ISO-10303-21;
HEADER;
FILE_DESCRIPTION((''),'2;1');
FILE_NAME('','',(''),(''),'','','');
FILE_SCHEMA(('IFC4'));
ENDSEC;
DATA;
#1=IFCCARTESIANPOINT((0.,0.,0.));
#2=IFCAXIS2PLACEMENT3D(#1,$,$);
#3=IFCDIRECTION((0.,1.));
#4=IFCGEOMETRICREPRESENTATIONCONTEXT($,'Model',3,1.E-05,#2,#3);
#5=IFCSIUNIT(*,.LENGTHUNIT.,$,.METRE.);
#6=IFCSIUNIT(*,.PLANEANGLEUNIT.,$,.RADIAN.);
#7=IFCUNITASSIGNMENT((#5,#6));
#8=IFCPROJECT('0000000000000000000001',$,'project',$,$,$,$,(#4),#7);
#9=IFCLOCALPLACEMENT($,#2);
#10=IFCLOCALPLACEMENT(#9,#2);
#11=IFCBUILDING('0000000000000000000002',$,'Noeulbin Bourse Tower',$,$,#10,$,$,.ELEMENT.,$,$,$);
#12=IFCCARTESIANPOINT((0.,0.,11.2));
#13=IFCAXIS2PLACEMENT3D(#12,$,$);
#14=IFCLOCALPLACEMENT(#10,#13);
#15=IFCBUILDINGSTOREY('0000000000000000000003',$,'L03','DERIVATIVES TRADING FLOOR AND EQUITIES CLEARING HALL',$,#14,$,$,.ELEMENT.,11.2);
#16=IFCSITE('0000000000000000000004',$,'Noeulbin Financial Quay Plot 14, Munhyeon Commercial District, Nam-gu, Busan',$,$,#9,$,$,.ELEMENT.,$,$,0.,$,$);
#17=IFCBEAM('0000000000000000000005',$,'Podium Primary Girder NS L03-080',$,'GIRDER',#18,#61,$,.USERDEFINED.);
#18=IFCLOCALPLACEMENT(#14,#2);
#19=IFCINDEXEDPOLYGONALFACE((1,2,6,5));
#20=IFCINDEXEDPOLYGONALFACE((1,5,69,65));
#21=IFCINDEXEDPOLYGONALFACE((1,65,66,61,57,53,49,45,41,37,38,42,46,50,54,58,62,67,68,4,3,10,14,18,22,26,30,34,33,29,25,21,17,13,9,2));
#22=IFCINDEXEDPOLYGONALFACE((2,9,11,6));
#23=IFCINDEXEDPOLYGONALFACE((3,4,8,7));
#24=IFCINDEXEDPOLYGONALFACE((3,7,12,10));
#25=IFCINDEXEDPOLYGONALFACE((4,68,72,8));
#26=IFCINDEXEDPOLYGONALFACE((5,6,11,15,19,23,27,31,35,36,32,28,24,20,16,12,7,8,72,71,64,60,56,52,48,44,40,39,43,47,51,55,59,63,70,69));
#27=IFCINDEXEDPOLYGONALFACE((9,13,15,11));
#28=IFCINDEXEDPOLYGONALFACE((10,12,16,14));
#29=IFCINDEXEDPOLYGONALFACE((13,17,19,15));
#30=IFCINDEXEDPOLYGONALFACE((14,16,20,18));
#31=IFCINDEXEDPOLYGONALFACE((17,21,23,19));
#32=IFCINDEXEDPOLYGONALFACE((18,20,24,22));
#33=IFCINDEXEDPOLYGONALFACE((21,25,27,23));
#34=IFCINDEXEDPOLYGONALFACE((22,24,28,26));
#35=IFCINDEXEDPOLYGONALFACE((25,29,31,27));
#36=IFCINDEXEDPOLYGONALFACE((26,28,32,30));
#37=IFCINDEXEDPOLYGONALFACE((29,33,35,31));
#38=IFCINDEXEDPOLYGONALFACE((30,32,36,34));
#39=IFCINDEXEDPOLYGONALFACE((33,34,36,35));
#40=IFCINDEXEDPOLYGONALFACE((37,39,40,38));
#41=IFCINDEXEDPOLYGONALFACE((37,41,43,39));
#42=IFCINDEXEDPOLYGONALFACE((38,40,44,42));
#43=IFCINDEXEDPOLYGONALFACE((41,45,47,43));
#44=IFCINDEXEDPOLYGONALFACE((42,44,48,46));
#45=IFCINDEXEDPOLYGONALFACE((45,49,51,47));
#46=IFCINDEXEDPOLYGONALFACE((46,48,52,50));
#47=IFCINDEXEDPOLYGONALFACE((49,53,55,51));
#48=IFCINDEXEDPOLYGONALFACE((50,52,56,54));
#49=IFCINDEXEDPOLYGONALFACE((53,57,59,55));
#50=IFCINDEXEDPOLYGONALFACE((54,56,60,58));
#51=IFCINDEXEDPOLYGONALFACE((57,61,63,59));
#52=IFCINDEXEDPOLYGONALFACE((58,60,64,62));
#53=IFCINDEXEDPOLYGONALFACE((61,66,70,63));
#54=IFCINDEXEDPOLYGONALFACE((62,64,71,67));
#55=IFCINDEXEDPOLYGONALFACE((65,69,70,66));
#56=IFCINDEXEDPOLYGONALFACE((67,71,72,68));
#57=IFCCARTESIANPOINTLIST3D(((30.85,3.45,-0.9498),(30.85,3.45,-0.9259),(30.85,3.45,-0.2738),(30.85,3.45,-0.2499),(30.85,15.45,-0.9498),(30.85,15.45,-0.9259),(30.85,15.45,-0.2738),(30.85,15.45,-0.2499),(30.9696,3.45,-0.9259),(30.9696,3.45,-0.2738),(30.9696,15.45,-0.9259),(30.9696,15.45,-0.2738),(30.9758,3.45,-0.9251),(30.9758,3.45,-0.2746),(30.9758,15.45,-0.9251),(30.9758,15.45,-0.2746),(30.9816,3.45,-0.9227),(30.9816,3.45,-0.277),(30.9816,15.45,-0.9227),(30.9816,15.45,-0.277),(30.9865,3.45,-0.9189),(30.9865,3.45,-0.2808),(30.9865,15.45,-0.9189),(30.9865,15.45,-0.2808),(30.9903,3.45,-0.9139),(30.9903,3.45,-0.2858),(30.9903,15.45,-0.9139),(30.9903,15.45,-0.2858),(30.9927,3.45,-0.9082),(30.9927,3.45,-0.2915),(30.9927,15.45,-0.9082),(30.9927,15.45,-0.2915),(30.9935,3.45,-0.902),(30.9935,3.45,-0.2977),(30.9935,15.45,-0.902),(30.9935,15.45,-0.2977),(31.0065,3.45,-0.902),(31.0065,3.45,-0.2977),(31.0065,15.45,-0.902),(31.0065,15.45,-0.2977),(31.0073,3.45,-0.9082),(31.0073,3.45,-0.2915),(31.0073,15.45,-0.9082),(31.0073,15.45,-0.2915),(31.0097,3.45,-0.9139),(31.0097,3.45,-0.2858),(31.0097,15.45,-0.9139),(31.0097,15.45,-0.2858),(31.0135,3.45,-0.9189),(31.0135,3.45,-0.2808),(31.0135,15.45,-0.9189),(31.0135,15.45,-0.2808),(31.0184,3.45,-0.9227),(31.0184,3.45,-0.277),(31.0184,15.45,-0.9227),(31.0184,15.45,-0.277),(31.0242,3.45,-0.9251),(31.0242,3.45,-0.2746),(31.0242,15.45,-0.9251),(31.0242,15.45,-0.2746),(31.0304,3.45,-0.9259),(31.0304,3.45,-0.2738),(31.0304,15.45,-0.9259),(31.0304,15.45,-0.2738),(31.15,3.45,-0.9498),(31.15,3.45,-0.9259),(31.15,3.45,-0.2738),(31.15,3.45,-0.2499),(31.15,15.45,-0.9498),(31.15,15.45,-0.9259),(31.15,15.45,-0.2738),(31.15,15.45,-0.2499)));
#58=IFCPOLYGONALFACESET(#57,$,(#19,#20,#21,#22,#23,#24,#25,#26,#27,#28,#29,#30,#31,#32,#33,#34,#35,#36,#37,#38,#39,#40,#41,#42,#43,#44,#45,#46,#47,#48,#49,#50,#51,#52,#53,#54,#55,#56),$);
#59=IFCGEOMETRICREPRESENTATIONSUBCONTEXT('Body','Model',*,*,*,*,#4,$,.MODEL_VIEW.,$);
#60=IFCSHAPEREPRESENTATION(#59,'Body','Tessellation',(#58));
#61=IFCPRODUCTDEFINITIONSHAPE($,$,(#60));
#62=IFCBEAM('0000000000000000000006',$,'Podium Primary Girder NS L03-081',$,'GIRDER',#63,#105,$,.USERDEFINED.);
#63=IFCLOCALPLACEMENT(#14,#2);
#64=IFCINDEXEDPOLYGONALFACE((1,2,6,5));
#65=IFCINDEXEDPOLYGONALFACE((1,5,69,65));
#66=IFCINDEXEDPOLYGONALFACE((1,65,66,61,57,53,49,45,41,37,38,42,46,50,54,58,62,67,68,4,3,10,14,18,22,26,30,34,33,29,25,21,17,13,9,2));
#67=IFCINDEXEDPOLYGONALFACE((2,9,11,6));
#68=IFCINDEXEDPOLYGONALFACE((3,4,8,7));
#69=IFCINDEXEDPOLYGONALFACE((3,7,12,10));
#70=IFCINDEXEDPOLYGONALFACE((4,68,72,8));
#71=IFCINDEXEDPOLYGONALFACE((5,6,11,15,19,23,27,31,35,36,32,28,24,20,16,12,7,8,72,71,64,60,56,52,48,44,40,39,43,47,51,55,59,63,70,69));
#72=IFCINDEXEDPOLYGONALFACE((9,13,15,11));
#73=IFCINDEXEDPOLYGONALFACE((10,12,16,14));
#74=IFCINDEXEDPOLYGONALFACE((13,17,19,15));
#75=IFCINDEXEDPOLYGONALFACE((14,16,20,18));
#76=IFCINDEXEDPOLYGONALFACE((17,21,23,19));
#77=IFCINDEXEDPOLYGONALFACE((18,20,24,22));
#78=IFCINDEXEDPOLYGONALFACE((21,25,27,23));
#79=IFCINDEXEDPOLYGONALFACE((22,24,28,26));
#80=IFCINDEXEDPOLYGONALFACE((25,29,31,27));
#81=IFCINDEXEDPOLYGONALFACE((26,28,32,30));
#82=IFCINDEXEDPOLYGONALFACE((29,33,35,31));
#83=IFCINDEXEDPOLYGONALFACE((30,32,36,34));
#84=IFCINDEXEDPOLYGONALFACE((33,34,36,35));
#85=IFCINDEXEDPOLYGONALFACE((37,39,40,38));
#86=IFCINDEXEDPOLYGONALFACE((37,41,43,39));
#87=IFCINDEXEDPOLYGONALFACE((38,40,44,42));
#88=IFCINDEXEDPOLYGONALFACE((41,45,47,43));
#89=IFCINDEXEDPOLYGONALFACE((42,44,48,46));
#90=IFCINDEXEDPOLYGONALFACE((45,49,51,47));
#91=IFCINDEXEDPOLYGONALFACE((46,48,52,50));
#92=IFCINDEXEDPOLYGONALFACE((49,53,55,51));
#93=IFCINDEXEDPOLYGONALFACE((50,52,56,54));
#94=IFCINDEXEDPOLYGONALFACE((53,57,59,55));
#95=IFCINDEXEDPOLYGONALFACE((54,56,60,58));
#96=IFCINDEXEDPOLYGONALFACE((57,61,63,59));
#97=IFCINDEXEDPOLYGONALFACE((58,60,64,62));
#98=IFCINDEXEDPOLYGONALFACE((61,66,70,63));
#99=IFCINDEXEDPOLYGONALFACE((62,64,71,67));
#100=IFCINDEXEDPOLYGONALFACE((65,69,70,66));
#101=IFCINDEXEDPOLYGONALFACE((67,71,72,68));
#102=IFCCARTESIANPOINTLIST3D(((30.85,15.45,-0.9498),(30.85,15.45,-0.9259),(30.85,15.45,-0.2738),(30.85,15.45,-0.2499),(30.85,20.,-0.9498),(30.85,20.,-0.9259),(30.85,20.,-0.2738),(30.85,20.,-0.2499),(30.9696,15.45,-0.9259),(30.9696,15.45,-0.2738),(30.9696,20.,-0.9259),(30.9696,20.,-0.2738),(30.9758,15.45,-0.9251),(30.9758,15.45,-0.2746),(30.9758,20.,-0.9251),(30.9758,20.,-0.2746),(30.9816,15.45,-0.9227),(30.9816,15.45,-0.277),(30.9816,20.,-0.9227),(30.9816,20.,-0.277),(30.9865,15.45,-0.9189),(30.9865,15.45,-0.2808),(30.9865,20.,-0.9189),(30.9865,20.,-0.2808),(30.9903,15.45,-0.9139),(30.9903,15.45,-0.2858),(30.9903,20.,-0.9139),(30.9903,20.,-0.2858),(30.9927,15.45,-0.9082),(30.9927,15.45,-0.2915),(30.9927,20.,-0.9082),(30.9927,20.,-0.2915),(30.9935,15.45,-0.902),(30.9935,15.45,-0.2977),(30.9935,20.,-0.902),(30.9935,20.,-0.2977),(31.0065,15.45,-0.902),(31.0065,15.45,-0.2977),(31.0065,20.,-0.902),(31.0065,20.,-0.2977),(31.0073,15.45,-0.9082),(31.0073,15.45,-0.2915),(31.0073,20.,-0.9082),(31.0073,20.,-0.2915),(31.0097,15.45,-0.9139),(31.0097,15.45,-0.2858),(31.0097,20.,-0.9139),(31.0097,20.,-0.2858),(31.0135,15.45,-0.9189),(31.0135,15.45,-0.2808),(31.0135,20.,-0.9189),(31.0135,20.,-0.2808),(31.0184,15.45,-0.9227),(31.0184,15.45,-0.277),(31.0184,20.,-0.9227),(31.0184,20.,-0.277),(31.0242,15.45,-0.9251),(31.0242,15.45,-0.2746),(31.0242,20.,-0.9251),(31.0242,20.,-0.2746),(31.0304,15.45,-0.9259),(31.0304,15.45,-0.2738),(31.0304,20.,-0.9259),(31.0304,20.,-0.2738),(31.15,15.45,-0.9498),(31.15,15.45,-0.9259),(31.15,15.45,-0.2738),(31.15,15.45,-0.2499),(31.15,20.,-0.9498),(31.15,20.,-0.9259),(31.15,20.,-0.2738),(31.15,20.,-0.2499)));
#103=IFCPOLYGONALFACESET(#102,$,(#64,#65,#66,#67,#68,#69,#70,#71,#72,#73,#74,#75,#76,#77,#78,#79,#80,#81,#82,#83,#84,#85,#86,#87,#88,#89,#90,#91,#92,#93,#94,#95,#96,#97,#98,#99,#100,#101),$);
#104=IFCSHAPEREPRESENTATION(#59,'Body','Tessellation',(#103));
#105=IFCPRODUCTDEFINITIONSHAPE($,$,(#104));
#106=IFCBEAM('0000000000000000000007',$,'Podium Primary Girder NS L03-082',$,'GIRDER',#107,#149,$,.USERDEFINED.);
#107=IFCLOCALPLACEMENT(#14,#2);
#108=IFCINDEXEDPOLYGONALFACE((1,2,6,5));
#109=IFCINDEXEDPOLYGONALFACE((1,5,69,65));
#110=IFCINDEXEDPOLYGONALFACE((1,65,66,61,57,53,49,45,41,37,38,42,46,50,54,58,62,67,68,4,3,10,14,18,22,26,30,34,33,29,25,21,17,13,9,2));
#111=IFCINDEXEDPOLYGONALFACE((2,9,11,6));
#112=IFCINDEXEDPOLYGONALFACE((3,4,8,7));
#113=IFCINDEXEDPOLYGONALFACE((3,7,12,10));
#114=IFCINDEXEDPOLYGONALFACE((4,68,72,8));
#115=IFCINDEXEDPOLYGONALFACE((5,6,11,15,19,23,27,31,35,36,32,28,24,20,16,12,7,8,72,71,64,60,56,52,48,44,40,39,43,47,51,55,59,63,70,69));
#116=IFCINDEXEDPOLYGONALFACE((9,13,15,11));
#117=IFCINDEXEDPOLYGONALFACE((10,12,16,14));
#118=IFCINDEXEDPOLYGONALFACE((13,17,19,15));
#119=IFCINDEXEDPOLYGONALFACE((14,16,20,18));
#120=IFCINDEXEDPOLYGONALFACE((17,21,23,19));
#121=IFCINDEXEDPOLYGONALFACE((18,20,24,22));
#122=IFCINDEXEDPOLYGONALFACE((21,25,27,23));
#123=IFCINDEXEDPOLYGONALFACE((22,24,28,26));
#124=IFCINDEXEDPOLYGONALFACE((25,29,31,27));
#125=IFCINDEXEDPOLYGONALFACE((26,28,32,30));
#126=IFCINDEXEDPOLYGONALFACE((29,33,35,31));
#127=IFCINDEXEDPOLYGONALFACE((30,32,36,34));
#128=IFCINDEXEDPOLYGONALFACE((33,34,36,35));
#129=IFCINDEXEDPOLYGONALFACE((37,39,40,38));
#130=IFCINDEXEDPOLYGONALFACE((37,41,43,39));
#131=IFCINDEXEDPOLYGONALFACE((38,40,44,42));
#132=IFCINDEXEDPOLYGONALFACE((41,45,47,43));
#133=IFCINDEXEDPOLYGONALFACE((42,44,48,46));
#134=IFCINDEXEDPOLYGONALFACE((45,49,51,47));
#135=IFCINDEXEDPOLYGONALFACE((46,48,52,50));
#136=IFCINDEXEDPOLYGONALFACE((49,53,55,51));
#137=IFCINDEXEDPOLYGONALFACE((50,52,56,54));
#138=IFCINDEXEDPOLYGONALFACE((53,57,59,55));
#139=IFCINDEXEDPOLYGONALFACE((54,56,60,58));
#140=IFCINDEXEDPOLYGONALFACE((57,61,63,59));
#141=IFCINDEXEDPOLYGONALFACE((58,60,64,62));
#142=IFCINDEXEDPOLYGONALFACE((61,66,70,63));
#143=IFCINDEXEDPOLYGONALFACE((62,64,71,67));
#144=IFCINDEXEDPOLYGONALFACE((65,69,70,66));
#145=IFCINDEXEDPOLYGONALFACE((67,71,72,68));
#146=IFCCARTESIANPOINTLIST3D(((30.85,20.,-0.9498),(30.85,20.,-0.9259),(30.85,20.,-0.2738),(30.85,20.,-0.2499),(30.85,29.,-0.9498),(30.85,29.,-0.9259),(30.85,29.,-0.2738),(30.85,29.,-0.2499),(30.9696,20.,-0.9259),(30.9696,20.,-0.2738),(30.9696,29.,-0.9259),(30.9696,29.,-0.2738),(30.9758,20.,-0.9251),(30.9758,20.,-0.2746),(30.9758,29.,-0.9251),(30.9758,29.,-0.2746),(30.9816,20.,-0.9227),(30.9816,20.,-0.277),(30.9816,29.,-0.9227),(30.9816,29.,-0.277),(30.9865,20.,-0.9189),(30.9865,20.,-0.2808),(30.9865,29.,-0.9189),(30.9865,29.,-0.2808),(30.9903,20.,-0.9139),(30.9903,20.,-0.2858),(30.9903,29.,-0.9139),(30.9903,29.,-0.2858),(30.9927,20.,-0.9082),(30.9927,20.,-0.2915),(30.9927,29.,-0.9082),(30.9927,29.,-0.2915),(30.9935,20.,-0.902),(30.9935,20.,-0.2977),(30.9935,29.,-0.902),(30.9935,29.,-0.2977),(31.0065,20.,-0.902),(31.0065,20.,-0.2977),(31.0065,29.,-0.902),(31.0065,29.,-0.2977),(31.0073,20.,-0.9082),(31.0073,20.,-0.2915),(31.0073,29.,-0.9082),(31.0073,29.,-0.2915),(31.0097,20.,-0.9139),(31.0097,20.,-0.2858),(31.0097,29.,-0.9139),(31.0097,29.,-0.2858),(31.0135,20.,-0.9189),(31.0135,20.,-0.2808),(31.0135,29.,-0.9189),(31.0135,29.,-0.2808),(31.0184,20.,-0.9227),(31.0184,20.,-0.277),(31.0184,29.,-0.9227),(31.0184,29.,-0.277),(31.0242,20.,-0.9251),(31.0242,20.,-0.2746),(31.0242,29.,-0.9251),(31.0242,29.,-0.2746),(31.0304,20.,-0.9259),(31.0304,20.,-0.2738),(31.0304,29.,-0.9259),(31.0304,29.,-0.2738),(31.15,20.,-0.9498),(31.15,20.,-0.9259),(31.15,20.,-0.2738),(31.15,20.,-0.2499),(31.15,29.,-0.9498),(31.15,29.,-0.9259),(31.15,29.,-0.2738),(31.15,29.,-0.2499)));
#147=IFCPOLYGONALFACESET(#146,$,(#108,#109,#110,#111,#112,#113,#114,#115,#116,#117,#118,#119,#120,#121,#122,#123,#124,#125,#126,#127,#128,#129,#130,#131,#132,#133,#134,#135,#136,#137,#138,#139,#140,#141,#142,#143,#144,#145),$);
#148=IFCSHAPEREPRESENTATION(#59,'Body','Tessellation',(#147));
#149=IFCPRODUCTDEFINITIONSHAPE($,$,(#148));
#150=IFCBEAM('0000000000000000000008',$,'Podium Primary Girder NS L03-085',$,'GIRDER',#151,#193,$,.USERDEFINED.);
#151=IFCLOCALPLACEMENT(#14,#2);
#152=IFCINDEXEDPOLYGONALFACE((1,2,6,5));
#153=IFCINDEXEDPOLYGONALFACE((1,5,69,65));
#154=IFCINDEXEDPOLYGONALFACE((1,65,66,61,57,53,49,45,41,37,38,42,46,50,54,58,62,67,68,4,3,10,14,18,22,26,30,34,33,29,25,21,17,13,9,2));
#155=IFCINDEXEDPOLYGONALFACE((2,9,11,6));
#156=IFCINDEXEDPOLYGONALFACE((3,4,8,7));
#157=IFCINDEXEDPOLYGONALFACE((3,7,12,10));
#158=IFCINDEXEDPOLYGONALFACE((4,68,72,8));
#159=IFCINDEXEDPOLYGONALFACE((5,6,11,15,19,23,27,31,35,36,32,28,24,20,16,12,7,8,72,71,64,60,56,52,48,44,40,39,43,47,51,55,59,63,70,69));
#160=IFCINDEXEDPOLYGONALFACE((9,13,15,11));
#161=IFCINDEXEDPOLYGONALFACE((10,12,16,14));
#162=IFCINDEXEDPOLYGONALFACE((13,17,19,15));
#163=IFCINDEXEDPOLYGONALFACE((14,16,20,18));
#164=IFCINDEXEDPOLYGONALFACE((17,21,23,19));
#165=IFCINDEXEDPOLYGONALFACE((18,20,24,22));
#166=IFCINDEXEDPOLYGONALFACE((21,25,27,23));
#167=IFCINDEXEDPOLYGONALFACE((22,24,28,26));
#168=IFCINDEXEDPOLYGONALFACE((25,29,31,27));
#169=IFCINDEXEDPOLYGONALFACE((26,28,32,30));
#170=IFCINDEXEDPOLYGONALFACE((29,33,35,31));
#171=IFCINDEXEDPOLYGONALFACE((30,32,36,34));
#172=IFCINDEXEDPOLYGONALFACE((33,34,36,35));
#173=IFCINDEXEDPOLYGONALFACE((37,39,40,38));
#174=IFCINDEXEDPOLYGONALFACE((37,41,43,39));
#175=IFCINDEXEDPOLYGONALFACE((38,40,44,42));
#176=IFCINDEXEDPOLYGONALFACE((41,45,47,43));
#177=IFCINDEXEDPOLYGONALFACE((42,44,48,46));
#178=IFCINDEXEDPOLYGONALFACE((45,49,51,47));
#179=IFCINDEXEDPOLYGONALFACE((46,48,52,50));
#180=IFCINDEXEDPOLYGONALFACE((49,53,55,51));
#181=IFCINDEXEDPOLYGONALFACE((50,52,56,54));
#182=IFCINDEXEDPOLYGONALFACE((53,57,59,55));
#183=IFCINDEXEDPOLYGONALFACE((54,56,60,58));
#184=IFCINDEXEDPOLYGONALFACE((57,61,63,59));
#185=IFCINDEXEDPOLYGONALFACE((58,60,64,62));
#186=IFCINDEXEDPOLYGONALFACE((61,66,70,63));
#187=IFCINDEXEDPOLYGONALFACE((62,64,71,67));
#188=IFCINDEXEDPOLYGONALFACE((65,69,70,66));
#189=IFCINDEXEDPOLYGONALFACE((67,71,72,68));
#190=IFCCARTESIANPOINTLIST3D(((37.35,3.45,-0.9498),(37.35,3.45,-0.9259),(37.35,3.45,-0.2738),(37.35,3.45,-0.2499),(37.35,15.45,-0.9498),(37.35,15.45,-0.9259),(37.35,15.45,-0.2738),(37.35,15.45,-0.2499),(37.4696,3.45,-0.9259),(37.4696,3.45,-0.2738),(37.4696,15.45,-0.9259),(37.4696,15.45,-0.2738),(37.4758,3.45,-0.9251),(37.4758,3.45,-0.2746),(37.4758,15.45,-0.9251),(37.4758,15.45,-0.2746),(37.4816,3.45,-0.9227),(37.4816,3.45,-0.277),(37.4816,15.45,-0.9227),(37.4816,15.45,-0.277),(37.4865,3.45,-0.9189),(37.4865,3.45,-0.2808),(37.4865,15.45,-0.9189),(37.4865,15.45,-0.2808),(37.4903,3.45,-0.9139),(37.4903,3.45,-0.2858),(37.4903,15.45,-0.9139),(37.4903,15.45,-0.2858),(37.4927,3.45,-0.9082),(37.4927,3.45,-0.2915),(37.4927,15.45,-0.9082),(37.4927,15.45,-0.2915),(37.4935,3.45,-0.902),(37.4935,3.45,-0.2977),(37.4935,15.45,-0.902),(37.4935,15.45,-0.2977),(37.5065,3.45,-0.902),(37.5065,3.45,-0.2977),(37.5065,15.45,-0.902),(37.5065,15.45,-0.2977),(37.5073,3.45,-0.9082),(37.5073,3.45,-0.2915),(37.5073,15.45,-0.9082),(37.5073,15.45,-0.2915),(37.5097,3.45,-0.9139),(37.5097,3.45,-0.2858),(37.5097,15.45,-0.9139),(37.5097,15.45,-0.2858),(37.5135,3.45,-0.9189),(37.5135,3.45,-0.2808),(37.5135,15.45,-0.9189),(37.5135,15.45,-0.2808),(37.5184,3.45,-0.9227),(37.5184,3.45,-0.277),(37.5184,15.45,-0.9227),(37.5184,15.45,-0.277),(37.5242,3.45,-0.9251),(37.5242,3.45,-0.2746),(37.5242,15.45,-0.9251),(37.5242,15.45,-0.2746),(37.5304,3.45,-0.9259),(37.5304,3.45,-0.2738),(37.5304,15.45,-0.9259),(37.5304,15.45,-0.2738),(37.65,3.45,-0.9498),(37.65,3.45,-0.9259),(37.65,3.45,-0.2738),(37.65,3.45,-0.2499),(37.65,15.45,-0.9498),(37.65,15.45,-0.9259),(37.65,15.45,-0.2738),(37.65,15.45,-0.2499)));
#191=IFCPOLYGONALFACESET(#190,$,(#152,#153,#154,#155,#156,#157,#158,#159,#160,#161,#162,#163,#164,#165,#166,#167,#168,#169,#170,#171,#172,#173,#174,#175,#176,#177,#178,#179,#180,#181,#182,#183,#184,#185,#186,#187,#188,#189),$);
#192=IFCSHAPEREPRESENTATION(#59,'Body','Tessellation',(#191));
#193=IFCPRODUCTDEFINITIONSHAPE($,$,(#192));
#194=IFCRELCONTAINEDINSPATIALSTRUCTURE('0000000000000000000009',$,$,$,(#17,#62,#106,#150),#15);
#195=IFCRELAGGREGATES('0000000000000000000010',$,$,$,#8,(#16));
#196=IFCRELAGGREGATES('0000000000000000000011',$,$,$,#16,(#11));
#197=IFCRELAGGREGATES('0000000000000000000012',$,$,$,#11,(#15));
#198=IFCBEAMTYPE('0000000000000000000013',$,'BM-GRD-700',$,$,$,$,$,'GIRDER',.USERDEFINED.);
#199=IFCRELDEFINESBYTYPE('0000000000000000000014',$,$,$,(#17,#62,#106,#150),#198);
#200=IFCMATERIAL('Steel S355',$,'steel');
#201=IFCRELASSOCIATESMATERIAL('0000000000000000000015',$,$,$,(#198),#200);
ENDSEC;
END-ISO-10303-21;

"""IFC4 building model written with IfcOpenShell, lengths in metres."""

from ifc_helpers import new_model, si_unit, direction, frame, origin, origin_2d, place, context, subcontext, project, spatial, i_section, extrude, material, material_profile, profile_set, type_object, element, save


model = new_model("IFC4")

# Units and contexts
model_context = context("Model", 3, precision=1e-05, world=origin(), true_north=direction((0.0, 1.0)))
body_context = subcontext(model_context, "Body", "Model", "MODEL_VIEW")
ifc_project = project(units=[si_unit("LENGTHUNIT", "METRE"), si_unit("PLANEANGLEUNIT", "RADIAN")], contexts=[model_context])

# Site, building, storey
site_placement = place(None, origin())
site = spatial("IfcSite", under=ifc_project, at=site_placement, Name="Noeulbin Financial Quay Plot 14, Munhyeon Commercial District, Nam-gu, Busan", CompositionType="ELEMENT", RefElevation=0.0)
building_placement = place(site_placement, origin())
building = spatial("IfcBuilding", under=site, at=building_placement, Name="Noeulbin Bourse Tower", CompositionType="ELEMENT")
storey_placement = place(building_placement, frame((0.0, 0.0, 11.2)))
storey = spatial("IfcBuildingStorey", under=building, at=storey_placement, Name="L03", Description="DERIVATIVES TRADING FLOOR AND EQUITIES CLEARING HALL", CompositionType="ELEMENT", Elevation=11.2)

# Beams
ifc_material_1 = material(Name="Steel S355", Category="steel")
ifc_material_profile_1 = material_profile(ifc_material_1, i_section(OverallWidth=0.3, OverallDepth=0.7, WebThickness=0.0129, FlangeThickness=0.0239, FilletRadius=0.0239, at=origin_2d()), Name="H-700x300x13x24", Category="LoadBearing")
ifc_profile_set_1 = profile_set([ifc_material_profile_1], Name="Steel S355")
beam_type_1 = type_object("IfcBeamType", Name="BM-GRD-700", ElementType="GIRDER", PredefinedType="USERDEFINED", material=ifc_profile_set_1)
beam_1_placement = place(storey_placement, frame((31.0, 3.45, -0.5999), z_axis=(0.0, 1.0, 0.0), x_axis=(-1.0, 0.0, 0.0)))
element("IfcBeam", 1, at=beam_1_placement, inside=storey, type_object=beam_type_1, Name="Podium Primary Girder NS L03-080", ObjectType="GIRDER", PredefinedType="USERDEFINED", context=body_context, shape_type="SweptSolid", body=[
    extrude(i_section(OverallWidth=0.3, OverallDepth=0.7, WebThickness=0.0129, FlangeThickness=0.0239, FilletRadius=0.0239, at=origin_2d()), origin(), (0.0, 0.0, 1.0), 12.0),
])
beam_2_placement = place(storey_placement, frame((31.0, 15.45, -0.5999), z_axis=(0.0, 1.0, 0.0), x_axis=(-1.0, 0.0, 0.0)))
element("IfcBeam", 2, at=beam_2_placement, inside=storey, type_object=beam_type_1, Name="Podium Primary Girder NS L03-081", ObjectType="GIRDER", PredefinedType="USERDEFINED", context=body_context, shape_type="SweptSolid", body=[
    extrude(i_section(OverallWidth=0.3, OverallDepth=0.7, WebThickness=0.0129, FlangeThickness=0.0239, FilletRadius=0.0239, at=origin_2d()), origin(), (0.0, 0.0, 1.0), 4.55),
])
beam_3_placement = place(storey_placement, frame((31.0, 20.0, -0.5999), z_axis=(0.0, 1.0, 0.0), x_axis=(-1.0, 0.0, 0.0)))
element("IfcBeam", 3, at=beam_3_placement, inside=storey, type_object=beam_type_1, Name="Podium Primary Girder NS L03-082", ObjectType="GIRDER", PredefinedType="USERDEFINED", context=body_context, shape_type="SweptSolid", body=[
    extrude(i_section(OverallWidth=0.3, OverallDepth=0.7, WebThickness=0.0129, FlangeThickness=0.0239, FilletRadius=0.0239, at=origin_2d()), origin(), (0.0, 0.0, 1.0), 9.0),
])
beam_4_placement = place(storey_placement, frame((37.5, 3.45, -0.5999), z_axis=(0.0, 1.0, 0.0), x_axis=(-1.0, 0.0, 0.0)))
element("IfcBeam", 4, at=beam_4_placement, inside=storey, type_object=beam_type_1, Name="Podium Primary Girder NS L03-085", ObjectType="GIRDER", PredefinedType="USERDEFINED", context=body_context, shape_type="SweptSolid", body=[
    extrude(i_section(OverallWidth=0.3, OverallDepth=0.7, WebThickness=0.0129, FlangeThickness=0.0239, FilletRadius=0.0239, at=origin_2d()), origin(), (0.0, 0.0, 1.0), 12.0),
])

save(model, "model.ifc")
